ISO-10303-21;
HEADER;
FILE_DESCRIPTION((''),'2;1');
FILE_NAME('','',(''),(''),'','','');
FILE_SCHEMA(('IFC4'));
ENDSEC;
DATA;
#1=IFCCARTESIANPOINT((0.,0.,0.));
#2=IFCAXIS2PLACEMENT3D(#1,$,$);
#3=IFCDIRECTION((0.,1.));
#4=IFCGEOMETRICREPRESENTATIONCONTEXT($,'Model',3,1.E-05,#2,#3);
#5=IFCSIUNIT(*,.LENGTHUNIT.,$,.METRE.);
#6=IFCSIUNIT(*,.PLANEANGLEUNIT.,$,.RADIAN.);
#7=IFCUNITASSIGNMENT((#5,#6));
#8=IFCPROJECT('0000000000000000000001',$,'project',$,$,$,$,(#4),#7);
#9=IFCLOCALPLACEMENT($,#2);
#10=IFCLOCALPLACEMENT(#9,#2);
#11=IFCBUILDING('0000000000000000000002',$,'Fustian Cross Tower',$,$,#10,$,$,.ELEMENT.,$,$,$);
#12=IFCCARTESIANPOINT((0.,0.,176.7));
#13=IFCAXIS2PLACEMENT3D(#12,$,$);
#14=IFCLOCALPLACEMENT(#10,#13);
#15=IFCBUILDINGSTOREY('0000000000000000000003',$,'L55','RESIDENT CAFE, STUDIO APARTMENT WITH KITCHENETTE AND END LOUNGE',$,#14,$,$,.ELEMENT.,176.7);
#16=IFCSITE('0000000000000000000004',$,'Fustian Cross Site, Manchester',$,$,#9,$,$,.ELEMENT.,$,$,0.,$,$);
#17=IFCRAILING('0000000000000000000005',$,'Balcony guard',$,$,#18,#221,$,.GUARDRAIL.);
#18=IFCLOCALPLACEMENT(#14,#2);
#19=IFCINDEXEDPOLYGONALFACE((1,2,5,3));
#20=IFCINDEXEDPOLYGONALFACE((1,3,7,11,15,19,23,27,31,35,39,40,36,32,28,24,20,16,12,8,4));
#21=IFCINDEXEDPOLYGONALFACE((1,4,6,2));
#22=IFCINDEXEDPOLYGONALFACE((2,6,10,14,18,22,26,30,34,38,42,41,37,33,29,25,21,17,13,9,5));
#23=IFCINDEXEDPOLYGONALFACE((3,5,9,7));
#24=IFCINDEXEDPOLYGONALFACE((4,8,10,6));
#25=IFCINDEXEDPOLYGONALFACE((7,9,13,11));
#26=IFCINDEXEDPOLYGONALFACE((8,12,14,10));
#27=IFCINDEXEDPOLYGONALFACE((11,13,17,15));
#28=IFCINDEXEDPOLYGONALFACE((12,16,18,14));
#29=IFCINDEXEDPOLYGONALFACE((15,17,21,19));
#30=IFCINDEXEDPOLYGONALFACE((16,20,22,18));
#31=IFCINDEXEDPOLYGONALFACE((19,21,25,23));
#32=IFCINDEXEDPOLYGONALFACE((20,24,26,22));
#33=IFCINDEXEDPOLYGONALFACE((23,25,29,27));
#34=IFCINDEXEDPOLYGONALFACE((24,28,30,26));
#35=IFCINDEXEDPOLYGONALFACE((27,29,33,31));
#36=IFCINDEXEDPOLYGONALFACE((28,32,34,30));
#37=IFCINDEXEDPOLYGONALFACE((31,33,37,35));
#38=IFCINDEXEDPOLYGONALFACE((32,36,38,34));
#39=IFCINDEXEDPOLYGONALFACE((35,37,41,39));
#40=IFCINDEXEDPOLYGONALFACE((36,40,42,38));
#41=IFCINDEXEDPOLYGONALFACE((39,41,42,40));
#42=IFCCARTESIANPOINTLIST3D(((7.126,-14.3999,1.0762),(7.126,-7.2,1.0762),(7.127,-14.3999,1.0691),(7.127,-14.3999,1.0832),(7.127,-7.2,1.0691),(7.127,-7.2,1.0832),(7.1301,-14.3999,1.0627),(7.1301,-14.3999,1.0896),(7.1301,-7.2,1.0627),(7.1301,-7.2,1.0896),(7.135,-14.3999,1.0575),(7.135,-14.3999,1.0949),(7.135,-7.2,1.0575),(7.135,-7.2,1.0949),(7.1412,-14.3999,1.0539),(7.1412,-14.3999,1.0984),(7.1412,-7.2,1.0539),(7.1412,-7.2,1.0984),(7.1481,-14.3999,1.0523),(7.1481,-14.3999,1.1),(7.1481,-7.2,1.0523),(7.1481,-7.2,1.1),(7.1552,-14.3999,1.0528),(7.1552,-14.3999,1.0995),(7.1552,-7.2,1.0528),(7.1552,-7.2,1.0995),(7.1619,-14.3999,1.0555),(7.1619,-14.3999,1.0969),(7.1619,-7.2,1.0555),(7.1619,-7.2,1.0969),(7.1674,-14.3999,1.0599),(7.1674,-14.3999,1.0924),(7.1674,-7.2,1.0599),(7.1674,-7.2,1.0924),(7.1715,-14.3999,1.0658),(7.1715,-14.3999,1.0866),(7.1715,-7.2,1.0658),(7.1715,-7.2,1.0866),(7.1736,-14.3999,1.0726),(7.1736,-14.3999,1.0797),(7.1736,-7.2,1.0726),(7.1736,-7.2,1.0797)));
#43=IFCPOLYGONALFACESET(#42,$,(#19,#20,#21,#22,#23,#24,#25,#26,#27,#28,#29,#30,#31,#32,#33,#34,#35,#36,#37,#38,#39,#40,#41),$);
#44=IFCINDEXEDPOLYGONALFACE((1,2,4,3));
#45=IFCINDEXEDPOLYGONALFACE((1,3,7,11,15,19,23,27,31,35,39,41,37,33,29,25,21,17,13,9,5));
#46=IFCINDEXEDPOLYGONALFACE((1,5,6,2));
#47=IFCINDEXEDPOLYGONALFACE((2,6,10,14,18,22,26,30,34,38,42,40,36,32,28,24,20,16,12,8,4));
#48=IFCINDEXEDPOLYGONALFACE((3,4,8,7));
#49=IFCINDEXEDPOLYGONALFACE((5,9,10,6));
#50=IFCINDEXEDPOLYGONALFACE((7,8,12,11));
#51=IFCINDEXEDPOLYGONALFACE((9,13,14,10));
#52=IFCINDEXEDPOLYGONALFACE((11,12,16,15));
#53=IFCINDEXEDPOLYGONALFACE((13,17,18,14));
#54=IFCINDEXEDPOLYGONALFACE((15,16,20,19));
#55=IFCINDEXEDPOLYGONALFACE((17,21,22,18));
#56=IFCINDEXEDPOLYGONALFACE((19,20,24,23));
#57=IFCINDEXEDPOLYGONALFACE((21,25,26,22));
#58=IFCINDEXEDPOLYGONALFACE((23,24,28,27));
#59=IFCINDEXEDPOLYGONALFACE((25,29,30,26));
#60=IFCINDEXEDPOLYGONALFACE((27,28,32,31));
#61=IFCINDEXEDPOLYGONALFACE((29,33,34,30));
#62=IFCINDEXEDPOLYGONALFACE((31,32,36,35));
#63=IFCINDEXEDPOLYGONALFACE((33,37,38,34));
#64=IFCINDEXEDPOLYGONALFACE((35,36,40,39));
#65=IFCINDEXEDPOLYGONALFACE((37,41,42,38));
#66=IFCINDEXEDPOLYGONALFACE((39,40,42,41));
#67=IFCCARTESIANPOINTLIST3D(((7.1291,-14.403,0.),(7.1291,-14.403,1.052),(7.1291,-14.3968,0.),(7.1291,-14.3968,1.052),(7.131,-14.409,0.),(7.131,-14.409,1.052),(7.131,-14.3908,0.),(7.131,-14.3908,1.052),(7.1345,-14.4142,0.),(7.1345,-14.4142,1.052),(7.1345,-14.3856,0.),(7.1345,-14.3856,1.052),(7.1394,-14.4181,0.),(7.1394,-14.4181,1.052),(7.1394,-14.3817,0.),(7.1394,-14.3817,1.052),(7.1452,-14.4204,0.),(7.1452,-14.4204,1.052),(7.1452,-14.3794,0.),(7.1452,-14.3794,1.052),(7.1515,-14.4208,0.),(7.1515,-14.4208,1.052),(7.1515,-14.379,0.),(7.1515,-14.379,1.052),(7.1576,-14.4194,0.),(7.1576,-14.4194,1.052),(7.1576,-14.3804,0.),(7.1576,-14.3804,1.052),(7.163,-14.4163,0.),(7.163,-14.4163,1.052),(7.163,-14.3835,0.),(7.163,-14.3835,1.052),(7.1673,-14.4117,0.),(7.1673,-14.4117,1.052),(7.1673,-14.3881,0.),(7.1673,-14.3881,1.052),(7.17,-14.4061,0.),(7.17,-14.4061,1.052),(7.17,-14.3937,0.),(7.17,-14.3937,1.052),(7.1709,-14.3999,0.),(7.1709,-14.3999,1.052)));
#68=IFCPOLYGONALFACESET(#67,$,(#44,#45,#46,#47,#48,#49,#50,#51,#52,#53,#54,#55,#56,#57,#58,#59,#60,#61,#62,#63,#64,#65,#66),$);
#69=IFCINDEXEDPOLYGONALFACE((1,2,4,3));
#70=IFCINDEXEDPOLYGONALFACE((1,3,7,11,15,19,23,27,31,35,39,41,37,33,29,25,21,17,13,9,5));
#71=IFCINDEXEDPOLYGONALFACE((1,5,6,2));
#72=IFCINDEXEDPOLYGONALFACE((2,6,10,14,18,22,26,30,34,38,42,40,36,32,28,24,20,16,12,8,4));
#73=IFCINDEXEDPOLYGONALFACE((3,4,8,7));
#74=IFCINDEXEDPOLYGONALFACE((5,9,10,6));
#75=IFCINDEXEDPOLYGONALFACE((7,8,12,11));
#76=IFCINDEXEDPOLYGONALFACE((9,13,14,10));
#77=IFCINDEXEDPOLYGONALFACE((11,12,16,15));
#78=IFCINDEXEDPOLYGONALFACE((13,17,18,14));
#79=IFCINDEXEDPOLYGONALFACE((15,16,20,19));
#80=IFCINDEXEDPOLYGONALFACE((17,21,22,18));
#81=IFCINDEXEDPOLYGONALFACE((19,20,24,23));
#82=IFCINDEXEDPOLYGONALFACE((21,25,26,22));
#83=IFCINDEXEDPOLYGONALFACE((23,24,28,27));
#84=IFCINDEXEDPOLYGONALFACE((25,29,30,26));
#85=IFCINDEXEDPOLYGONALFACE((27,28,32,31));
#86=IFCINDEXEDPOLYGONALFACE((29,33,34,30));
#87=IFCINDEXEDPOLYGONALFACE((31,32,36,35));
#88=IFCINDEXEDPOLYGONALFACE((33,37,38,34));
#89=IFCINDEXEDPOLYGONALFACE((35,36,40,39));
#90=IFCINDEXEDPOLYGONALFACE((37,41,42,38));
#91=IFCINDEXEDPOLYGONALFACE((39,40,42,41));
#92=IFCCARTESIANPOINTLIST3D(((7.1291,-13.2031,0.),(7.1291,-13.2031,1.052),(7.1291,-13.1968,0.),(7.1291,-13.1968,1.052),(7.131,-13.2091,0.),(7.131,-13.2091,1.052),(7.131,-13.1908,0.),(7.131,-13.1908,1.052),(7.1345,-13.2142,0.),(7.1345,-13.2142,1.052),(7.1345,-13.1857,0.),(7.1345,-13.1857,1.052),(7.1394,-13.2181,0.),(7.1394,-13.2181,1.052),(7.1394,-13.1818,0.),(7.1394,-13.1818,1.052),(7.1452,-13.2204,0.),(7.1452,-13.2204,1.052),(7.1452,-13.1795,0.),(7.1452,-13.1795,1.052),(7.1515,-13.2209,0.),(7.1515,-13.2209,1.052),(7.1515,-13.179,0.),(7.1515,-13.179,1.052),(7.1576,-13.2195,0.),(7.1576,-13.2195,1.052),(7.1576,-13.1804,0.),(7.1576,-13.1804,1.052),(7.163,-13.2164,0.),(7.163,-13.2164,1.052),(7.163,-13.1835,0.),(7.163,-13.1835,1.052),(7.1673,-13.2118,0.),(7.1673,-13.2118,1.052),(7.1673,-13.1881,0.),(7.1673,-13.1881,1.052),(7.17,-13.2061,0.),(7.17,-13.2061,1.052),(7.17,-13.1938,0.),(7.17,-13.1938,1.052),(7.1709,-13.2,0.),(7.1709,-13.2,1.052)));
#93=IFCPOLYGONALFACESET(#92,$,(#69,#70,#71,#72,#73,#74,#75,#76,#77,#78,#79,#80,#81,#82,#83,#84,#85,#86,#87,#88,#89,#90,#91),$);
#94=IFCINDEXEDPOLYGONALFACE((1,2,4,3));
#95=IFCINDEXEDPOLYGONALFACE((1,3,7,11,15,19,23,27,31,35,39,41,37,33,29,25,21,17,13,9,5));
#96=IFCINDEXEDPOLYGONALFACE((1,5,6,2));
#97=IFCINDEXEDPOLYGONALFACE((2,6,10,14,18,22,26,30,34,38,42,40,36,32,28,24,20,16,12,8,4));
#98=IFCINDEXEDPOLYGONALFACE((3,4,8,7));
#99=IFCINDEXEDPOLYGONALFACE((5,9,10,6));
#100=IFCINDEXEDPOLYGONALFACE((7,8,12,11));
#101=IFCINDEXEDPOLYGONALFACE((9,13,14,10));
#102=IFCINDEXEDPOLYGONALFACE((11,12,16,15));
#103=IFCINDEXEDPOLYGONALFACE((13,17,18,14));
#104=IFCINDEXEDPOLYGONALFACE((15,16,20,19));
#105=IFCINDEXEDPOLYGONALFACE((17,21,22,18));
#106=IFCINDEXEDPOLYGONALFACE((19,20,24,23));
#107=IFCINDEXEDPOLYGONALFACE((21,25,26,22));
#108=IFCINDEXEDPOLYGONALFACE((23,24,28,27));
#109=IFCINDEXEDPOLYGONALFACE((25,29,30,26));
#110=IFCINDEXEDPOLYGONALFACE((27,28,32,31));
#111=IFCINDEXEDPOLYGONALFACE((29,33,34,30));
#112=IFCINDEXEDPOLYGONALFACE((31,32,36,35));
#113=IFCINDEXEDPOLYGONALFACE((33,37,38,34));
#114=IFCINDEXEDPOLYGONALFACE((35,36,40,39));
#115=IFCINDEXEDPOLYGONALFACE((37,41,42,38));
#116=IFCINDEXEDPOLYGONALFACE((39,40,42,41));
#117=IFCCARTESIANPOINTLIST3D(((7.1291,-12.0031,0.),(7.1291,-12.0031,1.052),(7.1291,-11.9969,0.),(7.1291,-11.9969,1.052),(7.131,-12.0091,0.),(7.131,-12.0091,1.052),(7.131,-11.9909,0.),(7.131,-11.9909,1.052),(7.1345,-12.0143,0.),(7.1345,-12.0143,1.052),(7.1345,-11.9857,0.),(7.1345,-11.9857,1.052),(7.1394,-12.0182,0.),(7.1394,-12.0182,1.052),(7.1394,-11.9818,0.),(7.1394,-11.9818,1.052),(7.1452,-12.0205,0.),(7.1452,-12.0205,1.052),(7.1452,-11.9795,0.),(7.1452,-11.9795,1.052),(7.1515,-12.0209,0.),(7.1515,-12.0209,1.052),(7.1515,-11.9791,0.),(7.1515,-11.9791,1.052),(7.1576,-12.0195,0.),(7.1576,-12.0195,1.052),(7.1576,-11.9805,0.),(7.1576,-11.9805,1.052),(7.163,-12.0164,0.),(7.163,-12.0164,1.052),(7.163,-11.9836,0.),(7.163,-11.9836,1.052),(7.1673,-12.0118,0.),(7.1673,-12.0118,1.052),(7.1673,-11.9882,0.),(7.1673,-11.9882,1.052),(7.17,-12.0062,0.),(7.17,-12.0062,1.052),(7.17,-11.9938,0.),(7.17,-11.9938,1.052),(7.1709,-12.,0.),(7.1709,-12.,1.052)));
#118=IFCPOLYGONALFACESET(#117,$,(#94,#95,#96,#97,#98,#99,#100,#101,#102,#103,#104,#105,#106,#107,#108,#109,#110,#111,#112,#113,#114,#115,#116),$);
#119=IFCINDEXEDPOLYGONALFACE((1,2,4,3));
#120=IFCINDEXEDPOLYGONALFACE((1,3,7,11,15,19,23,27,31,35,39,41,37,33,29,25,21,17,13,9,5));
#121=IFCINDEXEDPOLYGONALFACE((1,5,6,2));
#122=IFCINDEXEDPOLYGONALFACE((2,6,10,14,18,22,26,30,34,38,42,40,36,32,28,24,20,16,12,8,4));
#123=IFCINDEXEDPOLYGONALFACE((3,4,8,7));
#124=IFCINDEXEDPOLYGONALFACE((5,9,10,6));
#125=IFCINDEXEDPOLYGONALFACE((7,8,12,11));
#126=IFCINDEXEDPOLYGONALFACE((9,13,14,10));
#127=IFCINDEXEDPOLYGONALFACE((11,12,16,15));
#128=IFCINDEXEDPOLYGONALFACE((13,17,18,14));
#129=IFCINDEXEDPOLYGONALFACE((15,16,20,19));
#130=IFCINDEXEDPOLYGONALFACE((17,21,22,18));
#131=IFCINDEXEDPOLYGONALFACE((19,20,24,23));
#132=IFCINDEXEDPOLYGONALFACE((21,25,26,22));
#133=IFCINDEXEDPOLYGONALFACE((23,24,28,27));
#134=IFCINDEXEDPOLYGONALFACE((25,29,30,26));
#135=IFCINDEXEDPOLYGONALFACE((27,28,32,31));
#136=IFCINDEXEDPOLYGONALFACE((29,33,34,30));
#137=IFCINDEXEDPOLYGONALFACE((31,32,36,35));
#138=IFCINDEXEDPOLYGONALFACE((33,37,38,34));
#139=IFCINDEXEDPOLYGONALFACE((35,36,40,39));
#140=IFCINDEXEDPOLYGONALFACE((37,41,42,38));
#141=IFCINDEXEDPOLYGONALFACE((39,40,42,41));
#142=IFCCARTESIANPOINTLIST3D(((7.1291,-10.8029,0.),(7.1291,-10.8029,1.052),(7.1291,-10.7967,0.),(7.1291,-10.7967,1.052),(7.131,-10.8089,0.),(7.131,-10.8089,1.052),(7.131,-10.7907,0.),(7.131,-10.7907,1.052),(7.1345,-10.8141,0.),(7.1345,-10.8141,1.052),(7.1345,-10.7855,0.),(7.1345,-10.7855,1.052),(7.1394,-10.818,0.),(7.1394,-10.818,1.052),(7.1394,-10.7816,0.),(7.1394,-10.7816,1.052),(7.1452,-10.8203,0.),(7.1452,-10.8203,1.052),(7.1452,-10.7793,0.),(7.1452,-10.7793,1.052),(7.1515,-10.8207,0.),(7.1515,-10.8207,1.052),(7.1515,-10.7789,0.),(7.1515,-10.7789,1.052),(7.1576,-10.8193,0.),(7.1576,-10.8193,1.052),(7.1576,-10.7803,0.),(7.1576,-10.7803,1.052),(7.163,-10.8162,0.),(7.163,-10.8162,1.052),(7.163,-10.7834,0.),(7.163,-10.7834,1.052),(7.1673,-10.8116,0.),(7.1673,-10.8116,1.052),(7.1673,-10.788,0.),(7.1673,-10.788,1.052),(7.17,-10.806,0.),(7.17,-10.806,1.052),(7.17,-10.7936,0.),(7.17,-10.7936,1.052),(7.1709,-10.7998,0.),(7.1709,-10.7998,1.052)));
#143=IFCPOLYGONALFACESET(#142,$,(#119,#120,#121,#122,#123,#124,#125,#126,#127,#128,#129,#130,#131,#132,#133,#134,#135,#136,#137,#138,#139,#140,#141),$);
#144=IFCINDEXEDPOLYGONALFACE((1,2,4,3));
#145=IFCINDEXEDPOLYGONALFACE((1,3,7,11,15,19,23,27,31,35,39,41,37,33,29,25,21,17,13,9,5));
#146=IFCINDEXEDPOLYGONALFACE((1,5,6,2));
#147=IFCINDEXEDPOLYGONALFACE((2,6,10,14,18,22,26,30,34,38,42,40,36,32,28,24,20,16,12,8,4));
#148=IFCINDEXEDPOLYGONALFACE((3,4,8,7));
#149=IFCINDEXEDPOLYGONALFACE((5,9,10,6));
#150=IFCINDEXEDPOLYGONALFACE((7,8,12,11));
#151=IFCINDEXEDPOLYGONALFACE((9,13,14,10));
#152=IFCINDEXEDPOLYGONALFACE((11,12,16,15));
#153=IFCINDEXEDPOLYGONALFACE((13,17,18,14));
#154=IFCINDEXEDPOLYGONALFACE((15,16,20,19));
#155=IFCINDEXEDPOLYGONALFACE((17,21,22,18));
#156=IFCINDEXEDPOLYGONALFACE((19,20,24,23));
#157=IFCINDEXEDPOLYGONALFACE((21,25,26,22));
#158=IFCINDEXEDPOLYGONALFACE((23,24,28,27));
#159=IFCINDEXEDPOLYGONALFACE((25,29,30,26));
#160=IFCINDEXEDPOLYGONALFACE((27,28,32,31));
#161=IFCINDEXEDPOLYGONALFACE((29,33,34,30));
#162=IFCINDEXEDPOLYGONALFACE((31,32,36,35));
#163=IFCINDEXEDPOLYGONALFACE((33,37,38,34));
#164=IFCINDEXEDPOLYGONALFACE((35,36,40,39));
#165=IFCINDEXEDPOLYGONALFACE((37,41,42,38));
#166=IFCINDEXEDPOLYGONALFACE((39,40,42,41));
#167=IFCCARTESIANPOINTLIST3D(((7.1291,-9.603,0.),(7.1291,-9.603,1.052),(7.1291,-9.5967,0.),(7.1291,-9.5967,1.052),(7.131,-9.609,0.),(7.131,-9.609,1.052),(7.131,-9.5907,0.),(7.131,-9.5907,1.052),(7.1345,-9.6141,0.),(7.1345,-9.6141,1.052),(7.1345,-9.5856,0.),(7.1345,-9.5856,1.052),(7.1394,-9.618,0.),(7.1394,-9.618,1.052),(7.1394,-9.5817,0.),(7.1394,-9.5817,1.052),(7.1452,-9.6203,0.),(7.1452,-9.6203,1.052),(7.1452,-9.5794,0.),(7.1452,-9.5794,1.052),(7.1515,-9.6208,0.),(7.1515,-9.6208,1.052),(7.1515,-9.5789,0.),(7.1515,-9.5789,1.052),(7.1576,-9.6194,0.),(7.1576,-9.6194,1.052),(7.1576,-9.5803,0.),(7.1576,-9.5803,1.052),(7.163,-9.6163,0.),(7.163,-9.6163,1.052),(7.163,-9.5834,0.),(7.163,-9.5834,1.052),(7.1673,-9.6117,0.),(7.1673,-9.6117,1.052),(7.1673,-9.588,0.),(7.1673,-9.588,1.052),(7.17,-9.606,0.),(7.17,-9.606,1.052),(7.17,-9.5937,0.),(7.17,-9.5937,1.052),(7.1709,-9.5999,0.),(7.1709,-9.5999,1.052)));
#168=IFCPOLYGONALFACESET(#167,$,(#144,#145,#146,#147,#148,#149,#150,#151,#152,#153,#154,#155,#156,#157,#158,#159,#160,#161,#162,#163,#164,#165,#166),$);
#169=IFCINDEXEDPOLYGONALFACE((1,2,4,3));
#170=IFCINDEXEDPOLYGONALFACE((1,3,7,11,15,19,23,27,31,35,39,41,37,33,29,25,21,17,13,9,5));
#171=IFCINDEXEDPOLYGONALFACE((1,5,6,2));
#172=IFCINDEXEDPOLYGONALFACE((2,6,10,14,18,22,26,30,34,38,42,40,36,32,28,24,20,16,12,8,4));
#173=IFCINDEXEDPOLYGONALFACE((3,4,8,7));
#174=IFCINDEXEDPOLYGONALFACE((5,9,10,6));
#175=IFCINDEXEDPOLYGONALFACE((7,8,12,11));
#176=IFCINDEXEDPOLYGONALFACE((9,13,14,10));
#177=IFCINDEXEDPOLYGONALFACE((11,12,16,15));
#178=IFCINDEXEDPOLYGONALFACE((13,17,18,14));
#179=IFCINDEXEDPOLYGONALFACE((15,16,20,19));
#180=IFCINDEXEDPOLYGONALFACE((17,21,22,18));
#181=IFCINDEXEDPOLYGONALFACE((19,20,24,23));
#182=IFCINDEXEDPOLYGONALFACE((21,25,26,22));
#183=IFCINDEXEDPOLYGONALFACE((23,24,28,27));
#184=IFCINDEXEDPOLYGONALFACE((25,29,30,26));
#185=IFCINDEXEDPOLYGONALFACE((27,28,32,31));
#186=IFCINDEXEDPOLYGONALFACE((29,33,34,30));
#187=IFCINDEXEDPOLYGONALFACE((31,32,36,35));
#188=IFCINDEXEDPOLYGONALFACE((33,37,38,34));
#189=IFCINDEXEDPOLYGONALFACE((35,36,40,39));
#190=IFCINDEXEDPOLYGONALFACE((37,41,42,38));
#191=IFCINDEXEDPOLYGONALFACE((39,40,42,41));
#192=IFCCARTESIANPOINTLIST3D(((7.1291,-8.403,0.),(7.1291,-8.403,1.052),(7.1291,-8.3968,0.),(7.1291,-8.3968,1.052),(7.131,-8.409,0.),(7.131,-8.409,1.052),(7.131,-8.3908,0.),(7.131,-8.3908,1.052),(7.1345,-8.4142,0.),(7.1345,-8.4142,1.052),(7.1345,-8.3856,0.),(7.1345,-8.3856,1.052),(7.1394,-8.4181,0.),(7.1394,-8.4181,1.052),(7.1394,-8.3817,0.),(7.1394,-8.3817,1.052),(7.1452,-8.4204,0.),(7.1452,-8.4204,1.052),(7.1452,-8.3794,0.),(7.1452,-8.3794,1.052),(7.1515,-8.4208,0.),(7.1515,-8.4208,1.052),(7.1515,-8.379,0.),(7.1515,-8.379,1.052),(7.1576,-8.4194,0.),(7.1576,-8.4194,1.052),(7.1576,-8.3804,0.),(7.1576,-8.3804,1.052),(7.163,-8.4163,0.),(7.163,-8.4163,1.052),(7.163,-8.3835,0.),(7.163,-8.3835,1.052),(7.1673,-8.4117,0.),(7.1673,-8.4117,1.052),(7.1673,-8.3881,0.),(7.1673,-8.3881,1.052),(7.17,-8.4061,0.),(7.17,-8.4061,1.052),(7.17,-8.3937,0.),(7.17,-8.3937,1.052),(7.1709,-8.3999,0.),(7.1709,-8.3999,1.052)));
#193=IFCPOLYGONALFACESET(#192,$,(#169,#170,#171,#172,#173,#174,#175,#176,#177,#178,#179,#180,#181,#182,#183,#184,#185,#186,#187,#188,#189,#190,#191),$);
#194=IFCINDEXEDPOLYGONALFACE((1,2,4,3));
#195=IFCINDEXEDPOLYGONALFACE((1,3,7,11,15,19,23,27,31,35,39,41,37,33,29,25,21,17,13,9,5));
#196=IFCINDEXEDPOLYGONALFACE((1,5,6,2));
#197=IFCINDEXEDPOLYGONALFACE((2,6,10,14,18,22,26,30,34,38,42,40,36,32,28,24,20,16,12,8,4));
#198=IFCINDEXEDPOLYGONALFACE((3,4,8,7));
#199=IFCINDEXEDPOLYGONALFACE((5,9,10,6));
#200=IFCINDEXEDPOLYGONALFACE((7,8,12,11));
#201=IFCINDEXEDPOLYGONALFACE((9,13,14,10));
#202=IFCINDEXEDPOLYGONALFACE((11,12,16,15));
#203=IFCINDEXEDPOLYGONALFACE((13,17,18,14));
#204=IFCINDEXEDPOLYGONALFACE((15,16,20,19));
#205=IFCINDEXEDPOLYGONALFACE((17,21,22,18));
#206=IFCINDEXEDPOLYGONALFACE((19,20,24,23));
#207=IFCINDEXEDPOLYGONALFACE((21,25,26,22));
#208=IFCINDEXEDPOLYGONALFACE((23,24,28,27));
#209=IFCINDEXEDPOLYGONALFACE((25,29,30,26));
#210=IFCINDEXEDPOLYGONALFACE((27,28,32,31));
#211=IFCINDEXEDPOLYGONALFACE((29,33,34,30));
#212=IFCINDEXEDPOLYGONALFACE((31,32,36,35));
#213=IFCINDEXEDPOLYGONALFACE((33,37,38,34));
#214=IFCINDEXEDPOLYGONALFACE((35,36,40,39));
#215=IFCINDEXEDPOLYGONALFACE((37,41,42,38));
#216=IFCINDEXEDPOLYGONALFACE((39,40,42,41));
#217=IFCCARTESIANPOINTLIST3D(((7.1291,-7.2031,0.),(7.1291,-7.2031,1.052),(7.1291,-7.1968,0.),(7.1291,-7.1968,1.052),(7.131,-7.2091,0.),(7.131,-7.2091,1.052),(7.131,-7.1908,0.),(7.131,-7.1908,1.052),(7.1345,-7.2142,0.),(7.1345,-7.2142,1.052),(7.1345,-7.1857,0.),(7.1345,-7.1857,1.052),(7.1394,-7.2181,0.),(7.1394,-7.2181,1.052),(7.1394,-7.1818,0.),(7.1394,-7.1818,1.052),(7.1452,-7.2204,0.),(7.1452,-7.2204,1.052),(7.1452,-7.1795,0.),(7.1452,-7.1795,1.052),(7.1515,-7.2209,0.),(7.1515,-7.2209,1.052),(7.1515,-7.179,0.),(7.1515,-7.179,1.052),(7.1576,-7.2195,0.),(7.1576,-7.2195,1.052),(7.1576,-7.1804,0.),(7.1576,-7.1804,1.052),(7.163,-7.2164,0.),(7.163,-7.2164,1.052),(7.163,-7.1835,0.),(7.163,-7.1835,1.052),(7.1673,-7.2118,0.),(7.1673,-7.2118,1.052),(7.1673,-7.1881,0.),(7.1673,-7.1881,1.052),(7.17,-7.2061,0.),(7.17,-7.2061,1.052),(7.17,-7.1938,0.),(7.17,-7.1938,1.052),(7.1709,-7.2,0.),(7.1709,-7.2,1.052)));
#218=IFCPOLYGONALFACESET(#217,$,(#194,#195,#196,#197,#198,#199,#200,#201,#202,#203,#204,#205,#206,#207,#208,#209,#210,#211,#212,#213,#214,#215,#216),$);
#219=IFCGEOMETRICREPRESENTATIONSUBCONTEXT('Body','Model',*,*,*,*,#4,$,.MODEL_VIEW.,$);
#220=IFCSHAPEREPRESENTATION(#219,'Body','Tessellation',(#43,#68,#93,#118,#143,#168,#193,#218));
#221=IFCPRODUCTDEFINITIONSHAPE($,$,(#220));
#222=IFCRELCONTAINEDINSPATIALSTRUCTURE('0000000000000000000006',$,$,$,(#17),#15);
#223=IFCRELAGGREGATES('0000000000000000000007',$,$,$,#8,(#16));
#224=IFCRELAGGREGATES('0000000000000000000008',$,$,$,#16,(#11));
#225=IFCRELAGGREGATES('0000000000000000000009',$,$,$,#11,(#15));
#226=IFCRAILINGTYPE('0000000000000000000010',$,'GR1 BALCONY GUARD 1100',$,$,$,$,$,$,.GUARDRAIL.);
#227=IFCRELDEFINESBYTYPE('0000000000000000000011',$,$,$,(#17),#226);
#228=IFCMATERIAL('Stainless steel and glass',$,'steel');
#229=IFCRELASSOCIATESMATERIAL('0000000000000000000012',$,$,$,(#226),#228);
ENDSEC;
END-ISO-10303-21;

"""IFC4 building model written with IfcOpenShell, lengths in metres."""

from ifc_helpers import new_model, si_unit, direction, frame, origin, origin_2d, place, context, subcontext, project, spatial, circle, extrude, material, type_object, element, save


model = new_model("IFC4")

# Units and contexts
model_context = context("Model", 3, precision=1e-05, world=origin(), true_north=direction((0.0, 1.0)))
body_context = subcontext(model_context, "Body", "Model", "MODEL_VIEW")
ifc_project = project(units=[si_unit("LENGTHUNIT", "METRE"), si_unit("PLANEANGLEUNIT", "RADIAN")], contexts=[model_context])

# Site, building, storey
site_placement = place(None, origin())
site = spatial("IfcSite", under=ifc_project, at=site_placement, Name="Fustian Cross Site, Manchester", CompositionType="ELEMENT", RefElevation=0.0)
building_placement = place(site_placement, origin())
building = spatial("IfcBuilding", under=site, at=building_placement, Name="Fustian Cross Tower", CompositionType="ELEMENT")
storey_placement = place(building_placement, frame((0.0, 0.0, 176.7)))
storey = spatial("IfcBuildingStorey", under=building, at=storey_placement, Name="L55", Description="RESIDENT CAFE, STUDIO APARTMENT WITH KITCHENETTE AND END LOUNGE", CompositionType="ELEMENT", Elevation=176.7)

# Railing
ifc_material_1 = material(Name="Stainless steel and glass", Category="steel")
railing_type_1 = type_object("IfcRailingType", Name="GR1 BALCONY GUARD 1100", PredefinedType="GUARDRAIL", material=ifc_material_1)
railing_1_placement = place(storey_placement, frame((7.1499, -14.3999, 0.0)))
element("IfcRailing", 1, at=railing_1_placement, inside=storey, type_object=railing_type_1, Name="Balcony guard", PredefinedType="GUARDRAIL", context=body_context, shape_type="SweptSolid", body=[
    extrude(circle(Radius=0.0239, at=origin_2d()), frame((0.0, 0.0, 1.0762), z_axis=(0.0, 1.0, 0.0), x_axis=(-1.0, 0.0, 0.0)), (0.0, 0.0, 1.0), 7.2),
    extrude(circle(Radius=0.021, at=origin_2d()), origin(), (0.0, 0.0, 1.0), 1.052),
    extrude(circle(Radius=0.021, at=origin_2d()), frame((0.0, 1.2, 0.0)), (0.0, 0.0, 1.0), 1.052),
    extrude(circle(Radius=0.021, at=origin_2d()), frame((0.0, 2.3999, 0.0)), (0.0, 0.0, 1.0), 1.052),
    extrude(circle(Radius=0.021, at=origin_2d()), frame((0.0, 3.6001, 0.0)), (0.0, 0.0, 1.0), 1.052),
    extrude(circle(Radius=0.021, at=origin_2d()), frame((0.0, 4.8, 0.0)), (0.0, 0.0, 1.0), 1.052),
    extrude(circle(Radius=0.021, at=origin_2d()), frame((0.0, 6.0, 0.0)), (0.0, 0.0, 1.0), 1.052),
    extrude(circle(Radius=0.021, at=origin_2d()), frame((0.0, 7.2, 0.0)), (0.0, 0.0, 1.0), 1.052),
])

save(model, "model.ifc")
